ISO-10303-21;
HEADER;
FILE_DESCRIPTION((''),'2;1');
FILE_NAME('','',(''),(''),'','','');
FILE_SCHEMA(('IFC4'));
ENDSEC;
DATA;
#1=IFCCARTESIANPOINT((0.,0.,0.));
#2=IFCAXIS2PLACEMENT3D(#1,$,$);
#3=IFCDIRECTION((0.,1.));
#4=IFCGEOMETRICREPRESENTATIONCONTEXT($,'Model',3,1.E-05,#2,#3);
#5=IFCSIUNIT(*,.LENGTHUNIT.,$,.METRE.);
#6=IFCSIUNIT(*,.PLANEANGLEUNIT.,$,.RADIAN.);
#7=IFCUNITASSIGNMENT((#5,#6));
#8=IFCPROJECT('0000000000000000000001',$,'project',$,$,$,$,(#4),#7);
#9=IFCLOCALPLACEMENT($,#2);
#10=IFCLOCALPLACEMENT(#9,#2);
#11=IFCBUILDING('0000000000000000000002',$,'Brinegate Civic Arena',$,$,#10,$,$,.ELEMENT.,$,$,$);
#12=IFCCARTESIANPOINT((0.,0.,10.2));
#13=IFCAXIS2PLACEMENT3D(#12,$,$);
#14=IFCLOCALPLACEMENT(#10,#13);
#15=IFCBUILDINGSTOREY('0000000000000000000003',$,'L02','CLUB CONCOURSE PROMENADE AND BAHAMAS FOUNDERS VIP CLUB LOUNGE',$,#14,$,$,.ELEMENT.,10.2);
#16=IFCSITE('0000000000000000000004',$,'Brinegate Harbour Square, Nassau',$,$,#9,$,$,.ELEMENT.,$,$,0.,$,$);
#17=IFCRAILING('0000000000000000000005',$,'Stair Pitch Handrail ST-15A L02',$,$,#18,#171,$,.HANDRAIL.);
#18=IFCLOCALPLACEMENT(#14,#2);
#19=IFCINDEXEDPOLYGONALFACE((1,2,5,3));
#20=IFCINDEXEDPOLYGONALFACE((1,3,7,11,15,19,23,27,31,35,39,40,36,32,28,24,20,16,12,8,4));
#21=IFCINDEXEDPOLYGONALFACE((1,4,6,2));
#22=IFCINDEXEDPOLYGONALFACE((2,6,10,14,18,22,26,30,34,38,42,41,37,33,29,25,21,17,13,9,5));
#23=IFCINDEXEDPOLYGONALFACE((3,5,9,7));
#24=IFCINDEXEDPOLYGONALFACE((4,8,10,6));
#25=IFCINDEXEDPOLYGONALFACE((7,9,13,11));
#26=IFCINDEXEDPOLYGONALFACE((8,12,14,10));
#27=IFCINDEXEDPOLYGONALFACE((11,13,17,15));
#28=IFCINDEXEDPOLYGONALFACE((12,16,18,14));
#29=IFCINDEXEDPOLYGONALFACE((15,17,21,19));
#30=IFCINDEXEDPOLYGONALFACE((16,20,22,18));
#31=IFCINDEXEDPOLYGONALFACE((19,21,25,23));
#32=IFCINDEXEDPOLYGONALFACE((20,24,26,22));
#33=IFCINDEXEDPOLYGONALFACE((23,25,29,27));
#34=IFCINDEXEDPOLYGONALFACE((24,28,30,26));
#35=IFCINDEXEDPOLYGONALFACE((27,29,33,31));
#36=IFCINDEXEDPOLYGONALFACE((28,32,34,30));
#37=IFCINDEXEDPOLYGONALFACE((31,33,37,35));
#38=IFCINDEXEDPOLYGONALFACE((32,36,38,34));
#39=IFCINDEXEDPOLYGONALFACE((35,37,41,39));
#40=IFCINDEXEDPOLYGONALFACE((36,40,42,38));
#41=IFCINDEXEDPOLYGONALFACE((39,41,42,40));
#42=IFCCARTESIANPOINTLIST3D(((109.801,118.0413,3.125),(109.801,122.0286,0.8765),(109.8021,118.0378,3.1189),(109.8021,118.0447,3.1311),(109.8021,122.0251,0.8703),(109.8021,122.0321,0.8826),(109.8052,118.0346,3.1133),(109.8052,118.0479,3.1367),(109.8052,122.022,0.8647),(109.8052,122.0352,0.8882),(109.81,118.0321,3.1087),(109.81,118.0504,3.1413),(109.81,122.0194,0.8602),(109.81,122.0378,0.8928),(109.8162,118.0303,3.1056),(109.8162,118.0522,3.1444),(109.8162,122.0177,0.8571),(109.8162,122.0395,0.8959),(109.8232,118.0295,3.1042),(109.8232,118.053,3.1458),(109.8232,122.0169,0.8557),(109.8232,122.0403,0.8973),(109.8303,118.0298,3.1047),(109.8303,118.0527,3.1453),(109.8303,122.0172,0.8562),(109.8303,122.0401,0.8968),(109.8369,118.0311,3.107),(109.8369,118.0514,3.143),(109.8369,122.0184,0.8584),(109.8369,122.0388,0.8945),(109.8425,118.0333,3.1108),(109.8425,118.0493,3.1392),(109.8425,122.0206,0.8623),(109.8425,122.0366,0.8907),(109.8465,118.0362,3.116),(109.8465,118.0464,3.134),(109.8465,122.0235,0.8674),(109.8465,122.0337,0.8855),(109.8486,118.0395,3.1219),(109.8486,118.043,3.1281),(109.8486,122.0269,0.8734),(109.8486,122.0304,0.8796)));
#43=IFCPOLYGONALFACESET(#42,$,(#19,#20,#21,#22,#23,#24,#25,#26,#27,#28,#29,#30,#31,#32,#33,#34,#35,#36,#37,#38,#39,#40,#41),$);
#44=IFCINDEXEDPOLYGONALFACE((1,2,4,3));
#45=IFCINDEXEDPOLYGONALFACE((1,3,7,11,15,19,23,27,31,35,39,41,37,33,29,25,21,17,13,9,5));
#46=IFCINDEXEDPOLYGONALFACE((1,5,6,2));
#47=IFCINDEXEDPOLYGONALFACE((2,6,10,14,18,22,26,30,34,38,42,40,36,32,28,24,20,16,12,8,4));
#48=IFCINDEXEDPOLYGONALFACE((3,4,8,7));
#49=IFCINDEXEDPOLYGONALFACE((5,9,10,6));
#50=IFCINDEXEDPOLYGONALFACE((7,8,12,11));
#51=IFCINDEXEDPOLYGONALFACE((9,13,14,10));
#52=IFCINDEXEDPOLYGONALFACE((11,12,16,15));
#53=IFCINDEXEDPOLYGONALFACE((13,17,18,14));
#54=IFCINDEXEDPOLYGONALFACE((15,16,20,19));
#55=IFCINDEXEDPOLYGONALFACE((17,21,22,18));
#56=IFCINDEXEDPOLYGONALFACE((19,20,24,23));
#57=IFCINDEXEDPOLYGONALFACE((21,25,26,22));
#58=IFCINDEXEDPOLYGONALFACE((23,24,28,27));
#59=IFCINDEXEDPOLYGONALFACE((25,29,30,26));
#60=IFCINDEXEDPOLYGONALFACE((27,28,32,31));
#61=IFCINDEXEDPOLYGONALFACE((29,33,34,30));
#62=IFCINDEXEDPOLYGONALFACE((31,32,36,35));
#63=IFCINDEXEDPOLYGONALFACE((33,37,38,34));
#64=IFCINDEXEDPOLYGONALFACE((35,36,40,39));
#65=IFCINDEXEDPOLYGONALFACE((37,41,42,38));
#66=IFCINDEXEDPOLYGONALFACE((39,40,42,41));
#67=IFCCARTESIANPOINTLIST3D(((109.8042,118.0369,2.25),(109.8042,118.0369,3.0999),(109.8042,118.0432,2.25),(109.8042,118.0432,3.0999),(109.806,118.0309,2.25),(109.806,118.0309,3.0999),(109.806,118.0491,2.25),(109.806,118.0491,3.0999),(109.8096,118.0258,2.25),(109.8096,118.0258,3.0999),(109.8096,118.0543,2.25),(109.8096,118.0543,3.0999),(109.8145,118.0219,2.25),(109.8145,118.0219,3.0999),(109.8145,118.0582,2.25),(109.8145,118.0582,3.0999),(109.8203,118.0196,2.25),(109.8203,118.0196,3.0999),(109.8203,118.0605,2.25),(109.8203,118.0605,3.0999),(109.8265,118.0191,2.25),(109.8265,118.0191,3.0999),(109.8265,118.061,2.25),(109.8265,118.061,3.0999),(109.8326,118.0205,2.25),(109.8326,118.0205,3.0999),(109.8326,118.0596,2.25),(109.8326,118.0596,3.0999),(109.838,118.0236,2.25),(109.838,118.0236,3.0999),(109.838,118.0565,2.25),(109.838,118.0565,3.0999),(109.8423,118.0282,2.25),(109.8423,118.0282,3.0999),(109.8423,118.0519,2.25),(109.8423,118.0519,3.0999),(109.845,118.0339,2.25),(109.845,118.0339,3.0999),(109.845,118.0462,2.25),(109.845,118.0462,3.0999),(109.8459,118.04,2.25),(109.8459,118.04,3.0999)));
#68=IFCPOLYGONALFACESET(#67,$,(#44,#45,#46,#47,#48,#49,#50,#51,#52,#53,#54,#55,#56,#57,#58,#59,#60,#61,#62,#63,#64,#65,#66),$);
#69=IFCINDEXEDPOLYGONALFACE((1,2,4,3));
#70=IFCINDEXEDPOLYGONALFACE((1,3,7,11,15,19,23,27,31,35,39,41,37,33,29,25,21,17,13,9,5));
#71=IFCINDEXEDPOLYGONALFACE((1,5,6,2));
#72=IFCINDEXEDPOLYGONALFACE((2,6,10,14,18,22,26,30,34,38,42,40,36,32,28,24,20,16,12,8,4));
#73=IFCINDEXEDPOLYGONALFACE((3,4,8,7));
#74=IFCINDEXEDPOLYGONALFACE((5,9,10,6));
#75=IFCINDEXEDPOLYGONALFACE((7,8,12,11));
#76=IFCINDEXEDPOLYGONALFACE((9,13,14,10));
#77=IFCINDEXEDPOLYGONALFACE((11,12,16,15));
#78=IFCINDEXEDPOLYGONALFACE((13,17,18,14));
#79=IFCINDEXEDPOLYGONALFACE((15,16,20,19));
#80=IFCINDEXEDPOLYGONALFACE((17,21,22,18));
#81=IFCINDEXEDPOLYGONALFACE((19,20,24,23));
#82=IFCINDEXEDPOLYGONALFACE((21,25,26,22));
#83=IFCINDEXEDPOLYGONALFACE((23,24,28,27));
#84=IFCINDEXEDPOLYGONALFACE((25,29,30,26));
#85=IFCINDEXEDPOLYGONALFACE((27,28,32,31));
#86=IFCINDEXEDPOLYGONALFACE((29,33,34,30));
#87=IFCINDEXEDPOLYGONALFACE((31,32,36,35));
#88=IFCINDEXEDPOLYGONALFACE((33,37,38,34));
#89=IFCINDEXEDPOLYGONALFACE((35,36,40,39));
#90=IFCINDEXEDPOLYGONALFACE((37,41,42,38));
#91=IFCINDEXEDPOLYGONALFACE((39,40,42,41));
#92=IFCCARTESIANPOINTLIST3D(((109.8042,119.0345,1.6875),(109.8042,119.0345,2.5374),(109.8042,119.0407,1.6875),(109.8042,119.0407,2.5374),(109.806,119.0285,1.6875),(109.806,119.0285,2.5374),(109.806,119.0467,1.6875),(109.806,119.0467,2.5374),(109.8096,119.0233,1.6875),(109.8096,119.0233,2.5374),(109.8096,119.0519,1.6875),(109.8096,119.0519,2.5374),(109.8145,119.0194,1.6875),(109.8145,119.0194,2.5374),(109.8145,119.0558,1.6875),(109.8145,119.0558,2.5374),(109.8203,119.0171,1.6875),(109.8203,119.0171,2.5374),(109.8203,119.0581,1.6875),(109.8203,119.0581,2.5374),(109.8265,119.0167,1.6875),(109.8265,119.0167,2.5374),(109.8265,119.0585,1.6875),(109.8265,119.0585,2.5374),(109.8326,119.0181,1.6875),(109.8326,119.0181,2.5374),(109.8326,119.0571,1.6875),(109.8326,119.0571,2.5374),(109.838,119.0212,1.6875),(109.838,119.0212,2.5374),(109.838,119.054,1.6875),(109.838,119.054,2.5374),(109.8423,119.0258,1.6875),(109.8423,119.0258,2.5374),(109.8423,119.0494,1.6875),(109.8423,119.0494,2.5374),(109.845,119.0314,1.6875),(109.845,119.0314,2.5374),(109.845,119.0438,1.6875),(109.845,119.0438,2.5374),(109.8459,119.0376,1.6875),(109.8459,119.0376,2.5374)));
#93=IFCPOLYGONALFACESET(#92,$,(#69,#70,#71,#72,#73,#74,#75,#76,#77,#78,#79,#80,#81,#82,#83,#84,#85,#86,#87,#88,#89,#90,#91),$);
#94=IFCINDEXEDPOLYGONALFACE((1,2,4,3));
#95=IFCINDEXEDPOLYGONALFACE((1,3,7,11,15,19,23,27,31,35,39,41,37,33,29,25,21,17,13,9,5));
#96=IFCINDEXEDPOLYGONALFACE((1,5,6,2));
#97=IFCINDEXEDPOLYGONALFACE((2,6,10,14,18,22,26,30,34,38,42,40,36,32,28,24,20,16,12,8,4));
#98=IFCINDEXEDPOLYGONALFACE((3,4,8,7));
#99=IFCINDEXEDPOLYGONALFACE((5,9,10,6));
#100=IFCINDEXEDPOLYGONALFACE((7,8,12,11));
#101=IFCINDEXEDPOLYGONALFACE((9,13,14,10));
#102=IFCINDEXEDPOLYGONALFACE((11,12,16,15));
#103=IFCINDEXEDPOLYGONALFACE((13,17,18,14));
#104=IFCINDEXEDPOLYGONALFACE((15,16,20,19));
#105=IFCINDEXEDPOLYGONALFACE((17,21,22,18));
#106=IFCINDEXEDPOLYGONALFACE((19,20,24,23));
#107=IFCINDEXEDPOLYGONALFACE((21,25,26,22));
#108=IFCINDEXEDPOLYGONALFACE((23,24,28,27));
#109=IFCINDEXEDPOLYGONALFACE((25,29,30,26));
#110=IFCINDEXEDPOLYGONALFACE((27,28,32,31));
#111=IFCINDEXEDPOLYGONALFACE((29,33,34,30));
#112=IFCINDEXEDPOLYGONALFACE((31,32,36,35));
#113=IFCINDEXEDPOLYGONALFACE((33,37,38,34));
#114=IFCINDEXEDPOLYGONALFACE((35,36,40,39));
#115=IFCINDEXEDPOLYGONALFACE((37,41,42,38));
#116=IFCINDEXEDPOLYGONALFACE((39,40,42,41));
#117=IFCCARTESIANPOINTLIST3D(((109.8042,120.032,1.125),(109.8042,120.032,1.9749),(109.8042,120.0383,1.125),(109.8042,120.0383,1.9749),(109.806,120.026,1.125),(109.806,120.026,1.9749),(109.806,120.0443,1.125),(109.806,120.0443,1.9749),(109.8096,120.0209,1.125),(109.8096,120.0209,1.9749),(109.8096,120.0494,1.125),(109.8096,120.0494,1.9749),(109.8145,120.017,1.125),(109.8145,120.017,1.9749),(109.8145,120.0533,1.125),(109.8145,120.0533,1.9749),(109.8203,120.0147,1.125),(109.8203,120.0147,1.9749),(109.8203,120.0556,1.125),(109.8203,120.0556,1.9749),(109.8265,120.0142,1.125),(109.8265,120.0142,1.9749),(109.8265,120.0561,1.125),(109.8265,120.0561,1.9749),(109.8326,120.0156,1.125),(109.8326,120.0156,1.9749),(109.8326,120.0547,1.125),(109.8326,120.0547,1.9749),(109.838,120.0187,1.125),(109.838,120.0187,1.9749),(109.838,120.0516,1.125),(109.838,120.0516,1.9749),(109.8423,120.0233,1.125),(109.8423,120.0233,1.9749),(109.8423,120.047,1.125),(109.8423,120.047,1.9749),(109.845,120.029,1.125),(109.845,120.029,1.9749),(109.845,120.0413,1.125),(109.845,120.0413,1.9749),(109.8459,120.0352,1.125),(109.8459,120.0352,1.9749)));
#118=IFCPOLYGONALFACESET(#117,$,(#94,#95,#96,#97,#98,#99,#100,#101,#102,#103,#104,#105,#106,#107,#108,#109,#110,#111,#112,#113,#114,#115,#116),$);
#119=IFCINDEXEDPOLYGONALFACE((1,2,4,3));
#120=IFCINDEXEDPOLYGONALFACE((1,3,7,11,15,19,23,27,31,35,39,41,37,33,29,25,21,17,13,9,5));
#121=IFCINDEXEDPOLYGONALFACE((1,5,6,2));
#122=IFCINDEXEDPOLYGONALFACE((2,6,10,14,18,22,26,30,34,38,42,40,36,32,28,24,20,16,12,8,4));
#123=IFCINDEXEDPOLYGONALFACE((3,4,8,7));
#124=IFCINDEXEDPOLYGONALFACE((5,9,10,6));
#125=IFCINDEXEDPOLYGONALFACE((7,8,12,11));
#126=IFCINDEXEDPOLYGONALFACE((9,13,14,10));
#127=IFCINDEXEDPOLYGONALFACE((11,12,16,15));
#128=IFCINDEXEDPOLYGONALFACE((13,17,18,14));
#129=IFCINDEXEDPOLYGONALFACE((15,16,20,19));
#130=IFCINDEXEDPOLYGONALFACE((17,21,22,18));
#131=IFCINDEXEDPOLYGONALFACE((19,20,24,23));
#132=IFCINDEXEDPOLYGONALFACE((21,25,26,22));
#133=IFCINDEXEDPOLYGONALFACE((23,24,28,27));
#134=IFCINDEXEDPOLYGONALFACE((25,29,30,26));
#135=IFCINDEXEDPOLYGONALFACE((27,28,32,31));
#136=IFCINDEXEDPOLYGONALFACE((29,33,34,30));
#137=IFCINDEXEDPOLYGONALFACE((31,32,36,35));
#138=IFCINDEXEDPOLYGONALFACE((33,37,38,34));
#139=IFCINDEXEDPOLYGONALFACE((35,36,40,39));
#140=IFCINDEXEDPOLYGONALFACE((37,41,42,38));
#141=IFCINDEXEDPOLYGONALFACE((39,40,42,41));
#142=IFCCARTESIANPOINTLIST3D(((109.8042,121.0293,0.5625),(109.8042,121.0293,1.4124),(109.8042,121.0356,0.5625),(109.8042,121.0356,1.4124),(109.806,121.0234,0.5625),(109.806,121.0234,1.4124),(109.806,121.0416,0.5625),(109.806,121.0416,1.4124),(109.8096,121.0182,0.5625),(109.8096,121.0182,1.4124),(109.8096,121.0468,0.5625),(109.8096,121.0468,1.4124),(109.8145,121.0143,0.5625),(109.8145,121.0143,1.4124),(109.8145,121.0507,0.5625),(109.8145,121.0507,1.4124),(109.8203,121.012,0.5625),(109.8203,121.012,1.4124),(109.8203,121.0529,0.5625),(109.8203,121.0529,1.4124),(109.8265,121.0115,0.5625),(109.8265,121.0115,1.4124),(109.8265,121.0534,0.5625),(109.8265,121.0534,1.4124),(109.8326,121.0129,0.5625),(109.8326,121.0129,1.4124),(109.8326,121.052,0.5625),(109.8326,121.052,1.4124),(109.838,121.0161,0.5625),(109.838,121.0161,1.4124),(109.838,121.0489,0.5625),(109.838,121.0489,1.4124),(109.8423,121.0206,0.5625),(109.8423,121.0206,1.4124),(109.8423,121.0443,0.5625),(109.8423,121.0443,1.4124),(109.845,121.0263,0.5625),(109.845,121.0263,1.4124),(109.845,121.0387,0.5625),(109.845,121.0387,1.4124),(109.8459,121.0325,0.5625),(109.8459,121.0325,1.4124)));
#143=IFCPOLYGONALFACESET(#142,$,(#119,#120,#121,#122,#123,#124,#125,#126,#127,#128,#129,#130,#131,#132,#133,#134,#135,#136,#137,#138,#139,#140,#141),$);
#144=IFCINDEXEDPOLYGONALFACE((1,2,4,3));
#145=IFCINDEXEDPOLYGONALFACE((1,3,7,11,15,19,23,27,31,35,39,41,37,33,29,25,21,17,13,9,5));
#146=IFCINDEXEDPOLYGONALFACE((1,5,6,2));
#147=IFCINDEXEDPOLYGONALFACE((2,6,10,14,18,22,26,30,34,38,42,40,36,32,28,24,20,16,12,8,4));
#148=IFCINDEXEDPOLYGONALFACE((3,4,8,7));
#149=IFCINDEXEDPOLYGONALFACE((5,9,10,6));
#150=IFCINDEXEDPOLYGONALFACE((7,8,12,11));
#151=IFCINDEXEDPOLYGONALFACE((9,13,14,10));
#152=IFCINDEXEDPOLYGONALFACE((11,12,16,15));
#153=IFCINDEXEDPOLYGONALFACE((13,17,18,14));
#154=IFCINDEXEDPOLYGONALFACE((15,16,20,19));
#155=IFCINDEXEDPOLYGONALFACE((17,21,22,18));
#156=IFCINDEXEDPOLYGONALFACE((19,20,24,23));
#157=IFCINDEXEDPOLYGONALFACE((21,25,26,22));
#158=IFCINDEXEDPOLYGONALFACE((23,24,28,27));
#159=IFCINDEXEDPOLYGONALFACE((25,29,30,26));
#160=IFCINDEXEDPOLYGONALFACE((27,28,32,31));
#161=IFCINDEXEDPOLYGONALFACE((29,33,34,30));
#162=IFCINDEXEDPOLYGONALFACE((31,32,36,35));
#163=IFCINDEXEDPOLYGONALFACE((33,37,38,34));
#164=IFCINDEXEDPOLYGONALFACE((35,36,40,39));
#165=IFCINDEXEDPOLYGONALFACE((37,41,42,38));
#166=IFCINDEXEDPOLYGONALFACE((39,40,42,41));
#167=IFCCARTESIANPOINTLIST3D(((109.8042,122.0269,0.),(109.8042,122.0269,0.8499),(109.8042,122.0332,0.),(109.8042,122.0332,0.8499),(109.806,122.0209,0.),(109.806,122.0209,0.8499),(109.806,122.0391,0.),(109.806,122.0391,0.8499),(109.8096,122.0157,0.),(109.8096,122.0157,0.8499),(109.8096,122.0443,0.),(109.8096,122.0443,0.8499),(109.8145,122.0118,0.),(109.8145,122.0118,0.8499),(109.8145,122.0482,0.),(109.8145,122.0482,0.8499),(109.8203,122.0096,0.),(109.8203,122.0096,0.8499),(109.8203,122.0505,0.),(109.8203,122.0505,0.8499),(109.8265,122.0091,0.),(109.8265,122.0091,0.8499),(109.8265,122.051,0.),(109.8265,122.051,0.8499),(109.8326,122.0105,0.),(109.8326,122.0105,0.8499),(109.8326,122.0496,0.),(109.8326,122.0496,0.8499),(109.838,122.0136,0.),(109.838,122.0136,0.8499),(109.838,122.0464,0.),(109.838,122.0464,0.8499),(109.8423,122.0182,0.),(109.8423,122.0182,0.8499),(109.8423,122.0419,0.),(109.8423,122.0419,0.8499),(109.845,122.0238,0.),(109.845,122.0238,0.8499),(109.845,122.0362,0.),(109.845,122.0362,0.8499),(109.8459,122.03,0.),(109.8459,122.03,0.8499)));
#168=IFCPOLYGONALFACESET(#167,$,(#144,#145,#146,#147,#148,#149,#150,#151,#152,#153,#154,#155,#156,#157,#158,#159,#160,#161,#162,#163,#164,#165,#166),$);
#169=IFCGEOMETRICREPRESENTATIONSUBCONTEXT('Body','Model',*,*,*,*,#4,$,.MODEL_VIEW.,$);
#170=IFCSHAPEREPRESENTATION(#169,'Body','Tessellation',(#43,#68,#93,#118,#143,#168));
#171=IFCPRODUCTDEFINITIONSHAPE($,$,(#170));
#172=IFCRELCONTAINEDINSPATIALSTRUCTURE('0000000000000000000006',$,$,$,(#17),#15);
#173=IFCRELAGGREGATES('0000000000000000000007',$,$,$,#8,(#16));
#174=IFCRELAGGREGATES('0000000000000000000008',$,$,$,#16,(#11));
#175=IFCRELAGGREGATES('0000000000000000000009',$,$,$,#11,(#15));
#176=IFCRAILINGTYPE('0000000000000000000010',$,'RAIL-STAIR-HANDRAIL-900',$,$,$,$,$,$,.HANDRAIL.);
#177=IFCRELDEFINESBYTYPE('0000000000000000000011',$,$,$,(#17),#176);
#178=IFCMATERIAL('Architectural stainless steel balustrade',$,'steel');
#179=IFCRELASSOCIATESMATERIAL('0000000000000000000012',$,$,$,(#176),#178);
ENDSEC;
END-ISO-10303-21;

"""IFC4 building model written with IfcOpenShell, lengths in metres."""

from ifc_helpers import new_model, si_unit, direction, frame, origin, origin_2d, place, context, subcontext, project, spatial, circle, extrude, material, type_object, element, save


model = new_model("IFC4")

# Units and contexts
model_context = context("Model", 3, precision=1e-05, world=origin(), true_north=direction((0.0, 1.0)))
body_context = subcontext(model_context, "Body", "Model", "MODEL_VIEW")
ifc_project = project(units=[si_unit("LENGTHUNIT", "METRE"), si_unit("PLANEANGLEUNIT", "RADIAN")], contexts=[model_context])

# Site, building, storey
site_placement = place(None, origin())
site = spatial("IfcSite", under=ifc_project, at=site_placement, Name="Brinegate Harbour Square, Nassau", CompositionType="ELEMENT", RefElevation=0.0)
building_placement = place(site_placement, origin())
building = spatial("IfcBuilding", under=site, at=building_placement, Name="Brinegate Civic Arena", CompositionType="ELEMENT")
storey_placement = place(building_placement, frame((0.0, 0.0, 10.2)))
storey = spatial("IfcBuildingStorey", under=building, at=storey_placement, Name="L02", Description="CLUB CONCOURSE PROMENADE AND BAHAMAS FOUNDERS VIP CLUB LOUNGE", CompositionType="ELEMENT", Elevation=10.2)

# Railing
ifc_material_1 = material(Name="Architectural stainless steel balustrade", Category="steel")
railing_type_1 = type_object("IfcRailingType", Name="RAIL-STAIR-HANDRAIL-900", PredefinedType="HANDRAIL", material=ifc_material_1)
railing_1_placement = place(storey_placement, frame((109.825, 118.04, 2.25)))
element("IfcRailing", 1, at=railing_1_placement, inside=storey, type_object=railing_type_1, Name="Stair Pitch Handrail ST-15A L02", PredefinedType="HANDRAIL", context=body_context, shape_type="SweptSolid", body=[
    extrude(circle(Radius=0.0239, at=origin_2d()), frame((0.0, 0.0012, 0.875), z_axis=(0.0, 0.87105, -0.491195), x_axis=(-1.0, 0.0, 0.0)), (0.0, 0.0, 1.0), 4.5776),
    extrude(circle(Radius=0.021, at=origin_2d()), origin(), (0.0, 0.0, 1.0), 0.8499),
    extrude(circle(Radius=0.021, at=origin_2d()), frame((0.0, 0.9976, -0.5625)), (0.0, 0.0, 1.0), 0.8499),
    extrude(circle(Radius=0.021, at=origin_2d()), frame((0.0, 1.9951, -1.125)), (0.0, 0.0, 1.0), 0.8499),
    extrude(circle(Radius=0.021, at=origin_2d()), frame((0.0, 2.9924, -1.6875)), (0.0, 0.0, 1.0), 0.8499),
    extrude(circle(Radius=0.021, at=origin_2d()), frame((0.0, 3.99, -2.25)), (0.0, 0.0, 1.0), 0.8499),
])

save(model, "model.ifc")
